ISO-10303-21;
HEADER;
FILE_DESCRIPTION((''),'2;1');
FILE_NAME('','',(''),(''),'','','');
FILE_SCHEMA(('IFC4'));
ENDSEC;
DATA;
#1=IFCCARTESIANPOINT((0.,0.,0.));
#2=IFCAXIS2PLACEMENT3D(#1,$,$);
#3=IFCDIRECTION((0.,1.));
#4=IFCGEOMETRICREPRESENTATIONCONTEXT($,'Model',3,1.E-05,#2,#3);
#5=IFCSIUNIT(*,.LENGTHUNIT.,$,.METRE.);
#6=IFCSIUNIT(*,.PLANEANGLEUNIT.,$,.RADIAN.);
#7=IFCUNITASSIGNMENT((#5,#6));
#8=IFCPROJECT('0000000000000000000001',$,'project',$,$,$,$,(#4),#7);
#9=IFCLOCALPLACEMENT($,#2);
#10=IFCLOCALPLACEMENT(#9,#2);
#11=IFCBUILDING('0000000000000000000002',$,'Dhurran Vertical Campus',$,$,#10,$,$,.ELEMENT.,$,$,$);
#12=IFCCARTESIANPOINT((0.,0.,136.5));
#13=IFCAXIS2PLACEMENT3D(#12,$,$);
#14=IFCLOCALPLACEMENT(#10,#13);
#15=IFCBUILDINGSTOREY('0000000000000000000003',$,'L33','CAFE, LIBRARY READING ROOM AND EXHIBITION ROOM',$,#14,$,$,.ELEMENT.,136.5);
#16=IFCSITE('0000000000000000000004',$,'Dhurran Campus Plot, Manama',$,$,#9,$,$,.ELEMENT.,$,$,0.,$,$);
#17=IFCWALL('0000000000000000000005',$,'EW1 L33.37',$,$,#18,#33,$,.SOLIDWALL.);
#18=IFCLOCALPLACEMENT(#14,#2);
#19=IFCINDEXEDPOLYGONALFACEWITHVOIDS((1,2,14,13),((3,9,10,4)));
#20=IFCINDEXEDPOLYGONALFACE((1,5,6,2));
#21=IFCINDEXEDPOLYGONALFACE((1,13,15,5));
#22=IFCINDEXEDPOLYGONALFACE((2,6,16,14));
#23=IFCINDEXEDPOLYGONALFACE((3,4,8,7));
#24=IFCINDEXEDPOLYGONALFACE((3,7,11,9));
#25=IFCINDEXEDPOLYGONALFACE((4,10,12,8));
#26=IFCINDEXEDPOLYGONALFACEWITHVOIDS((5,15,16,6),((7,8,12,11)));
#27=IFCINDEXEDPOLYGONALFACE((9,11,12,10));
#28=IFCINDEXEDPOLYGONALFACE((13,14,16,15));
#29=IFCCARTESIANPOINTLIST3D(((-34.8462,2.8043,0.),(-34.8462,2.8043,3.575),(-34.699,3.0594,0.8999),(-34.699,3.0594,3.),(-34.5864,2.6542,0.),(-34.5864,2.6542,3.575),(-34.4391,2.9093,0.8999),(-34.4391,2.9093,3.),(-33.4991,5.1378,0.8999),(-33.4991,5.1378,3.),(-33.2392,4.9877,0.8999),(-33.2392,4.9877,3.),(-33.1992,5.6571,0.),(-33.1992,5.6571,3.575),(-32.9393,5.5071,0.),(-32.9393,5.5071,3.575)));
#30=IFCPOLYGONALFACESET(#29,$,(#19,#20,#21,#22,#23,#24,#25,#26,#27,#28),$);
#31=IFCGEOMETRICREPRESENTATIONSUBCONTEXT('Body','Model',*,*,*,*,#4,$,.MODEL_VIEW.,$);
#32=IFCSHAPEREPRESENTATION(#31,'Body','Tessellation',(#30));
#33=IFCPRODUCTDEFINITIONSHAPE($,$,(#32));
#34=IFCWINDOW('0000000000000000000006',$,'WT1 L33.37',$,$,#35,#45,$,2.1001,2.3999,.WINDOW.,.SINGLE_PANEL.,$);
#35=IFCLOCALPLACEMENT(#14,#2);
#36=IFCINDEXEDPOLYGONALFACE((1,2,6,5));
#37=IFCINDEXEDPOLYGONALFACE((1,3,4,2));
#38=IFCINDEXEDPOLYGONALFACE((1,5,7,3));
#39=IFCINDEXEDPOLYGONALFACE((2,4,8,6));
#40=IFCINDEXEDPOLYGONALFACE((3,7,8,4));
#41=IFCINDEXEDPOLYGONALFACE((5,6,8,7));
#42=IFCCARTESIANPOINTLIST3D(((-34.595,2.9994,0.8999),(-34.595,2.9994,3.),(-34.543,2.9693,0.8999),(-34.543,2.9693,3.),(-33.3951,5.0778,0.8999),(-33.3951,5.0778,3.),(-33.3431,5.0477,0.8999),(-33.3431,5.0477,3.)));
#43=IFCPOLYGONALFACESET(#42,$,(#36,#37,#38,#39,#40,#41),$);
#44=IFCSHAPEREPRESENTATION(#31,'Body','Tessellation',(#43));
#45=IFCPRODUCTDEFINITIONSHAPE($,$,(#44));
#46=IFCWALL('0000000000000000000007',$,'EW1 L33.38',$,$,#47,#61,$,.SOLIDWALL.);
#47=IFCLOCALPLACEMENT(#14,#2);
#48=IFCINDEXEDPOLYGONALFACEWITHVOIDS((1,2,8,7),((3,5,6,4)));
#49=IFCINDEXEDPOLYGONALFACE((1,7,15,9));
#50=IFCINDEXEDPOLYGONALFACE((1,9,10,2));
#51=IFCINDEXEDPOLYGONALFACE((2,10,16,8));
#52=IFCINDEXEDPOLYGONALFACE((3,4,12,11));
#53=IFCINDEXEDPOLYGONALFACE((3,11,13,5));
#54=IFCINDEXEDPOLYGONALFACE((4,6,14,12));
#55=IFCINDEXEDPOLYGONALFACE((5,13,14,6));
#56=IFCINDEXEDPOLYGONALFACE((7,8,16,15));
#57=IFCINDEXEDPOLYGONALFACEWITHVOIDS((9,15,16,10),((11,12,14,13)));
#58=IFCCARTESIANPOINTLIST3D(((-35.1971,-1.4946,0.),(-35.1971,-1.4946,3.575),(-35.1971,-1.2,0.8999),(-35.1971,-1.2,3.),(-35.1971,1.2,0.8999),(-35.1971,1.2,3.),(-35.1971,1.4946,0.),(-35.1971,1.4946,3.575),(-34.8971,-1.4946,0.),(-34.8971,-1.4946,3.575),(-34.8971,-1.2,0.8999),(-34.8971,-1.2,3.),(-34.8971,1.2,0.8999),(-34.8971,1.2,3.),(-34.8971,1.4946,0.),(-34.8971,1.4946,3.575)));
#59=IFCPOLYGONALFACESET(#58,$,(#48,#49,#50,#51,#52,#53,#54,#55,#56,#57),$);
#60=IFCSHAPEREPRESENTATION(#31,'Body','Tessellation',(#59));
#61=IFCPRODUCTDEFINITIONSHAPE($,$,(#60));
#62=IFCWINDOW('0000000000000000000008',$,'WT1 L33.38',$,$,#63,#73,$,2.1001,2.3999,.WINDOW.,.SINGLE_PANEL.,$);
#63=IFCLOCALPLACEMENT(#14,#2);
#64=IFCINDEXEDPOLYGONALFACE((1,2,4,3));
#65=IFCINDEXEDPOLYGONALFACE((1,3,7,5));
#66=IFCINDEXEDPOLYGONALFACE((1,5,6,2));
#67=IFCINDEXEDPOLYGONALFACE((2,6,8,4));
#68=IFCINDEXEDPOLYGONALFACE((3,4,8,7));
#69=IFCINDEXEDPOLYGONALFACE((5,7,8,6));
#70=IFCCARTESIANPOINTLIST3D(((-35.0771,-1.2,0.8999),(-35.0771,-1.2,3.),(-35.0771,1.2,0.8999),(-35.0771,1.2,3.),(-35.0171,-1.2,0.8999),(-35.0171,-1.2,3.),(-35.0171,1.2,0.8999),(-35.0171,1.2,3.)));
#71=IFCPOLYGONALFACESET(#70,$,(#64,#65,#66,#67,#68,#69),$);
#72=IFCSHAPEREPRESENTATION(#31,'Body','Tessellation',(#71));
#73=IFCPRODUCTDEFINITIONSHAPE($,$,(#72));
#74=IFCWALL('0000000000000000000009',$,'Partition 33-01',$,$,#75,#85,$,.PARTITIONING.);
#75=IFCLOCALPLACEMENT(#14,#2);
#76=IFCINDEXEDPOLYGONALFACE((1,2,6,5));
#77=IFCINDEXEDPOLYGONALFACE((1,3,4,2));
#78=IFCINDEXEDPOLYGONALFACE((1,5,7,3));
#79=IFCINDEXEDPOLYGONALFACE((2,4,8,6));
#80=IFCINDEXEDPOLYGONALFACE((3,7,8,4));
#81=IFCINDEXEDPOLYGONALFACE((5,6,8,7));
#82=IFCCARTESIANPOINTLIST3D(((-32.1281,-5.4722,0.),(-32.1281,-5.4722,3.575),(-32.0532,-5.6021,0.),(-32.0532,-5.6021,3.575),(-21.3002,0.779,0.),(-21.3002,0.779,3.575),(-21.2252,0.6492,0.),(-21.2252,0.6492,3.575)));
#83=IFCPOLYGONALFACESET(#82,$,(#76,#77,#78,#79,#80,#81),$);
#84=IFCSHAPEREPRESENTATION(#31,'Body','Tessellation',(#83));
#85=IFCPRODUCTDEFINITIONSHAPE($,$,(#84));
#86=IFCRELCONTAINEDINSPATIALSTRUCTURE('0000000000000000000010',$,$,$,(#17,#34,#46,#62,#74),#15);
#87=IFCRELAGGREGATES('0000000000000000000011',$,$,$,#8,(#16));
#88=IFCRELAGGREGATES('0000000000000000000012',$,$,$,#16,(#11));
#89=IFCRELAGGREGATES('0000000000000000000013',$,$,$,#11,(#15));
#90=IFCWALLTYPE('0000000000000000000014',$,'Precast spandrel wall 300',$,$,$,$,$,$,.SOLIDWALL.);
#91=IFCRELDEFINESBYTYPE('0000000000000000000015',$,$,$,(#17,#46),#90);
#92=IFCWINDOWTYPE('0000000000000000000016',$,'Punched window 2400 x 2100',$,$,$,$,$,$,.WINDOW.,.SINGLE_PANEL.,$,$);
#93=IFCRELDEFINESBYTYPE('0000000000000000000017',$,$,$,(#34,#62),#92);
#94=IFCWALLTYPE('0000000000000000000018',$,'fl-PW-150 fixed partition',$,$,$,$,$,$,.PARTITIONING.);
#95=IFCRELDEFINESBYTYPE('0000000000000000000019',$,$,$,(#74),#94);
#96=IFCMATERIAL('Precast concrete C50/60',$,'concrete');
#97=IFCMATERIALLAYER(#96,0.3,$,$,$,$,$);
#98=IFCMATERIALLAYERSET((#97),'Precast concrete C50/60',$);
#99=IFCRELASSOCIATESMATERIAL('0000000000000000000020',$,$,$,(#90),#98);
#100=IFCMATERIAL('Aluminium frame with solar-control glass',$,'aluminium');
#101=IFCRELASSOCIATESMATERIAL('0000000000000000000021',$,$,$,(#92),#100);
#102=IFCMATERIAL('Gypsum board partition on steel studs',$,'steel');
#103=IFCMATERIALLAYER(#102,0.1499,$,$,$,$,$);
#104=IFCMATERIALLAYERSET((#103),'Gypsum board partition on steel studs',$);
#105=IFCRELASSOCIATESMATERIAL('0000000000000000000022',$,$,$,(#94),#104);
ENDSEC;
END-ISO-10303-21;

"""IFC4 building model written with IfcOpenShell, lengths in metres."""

from ifc_helpers import new_model, si_unit, direction, frame, frame_2d, origin, place, context, subcontext, project, spatial, rectangle, extrude, material, layer, layer_set, type_object, element, fill, save


model = new_model("IFC4")

# Units and contexts
model_context = context("Model", 3, precision=1e-05, world=origin(), true_north=direction((0.0, 1.0)))
body_context = subcontext(model_context, "Body", "Model", "MODEL_VIEW")
ifc_project = project(units=[si_unit("LENGTHUNIT", "METRE"), si_unit("PLANEANGLEUNIT", "RADIAN")], contexts=[model_context])

# Site, building, storey
site_placement = place(None, origin())
site = spatial("IfcSite", under=ifc_project, at=site_placement, Name="Dhurran Campus Plot, Manama", CompositionType="ELEMENT", RefElevation=0.0)
building_placement = place(site_placement, origin())
building = spatial("IfcBuilding", under=site, at=building_placement, Name="Dhurran Vertical Campus", CompositionType="ELEMENT")
storey_placement = place(building_placement, frame((0.0, 0.0, 136.5)))
storey = spatial("IfcBuildingStorey", under=building, at=storey_placement, Name="L33", Description="CAFE, LIBRARY READING ROOM AND EXHIBITION ROOM", CompositionType="ELEMENT", Elevation=136.5)

# Walls, openings, windows
ifc_material_1 = material(Name="Precast concrete C50/60", Category="concrete")
ifc_layer_1 = layer(ifc_material_1, 0.3)
ifc_layer_set_1 = layer_set([ifc_layer_1], Name="Precast concrete C50/60")
wall_type_1 = type_object("IfcWallType", Name="Precast spandrel wall 300", PredefinedType="SOLIDWALL", material=ifc_layer_set_1)
ifc_material_2 = material(Name="Aluminium frame with solar-control glass", Category="aluminium")
window_type = type_object("IfcWindowType", Name="Punched window 2400 x 2100", PartitioningType="SINGLE_PANEL", PredefinedType="WINDOW", material=ifc_material_2)
wall_1_placement = place(storey_placement, frame((-33.0693, 5.582, 0.0), z_axis=(0.0, 0.0, 1.0), x_axis=(-0.499981, -0.866036, 0.0)))
wall_1 = element("IfcWall", 1, at=wall_1_placement, inside=storey, type_object=wall_type_1, Name="EW1 L33.37", PredefinedType="SOLIDWALL", context=body_context, shape_type="SweptSolid", body=[
    extrude(rectangle(XDim=3.2942, YDim=0.3, at=frame_2d((1.647, 0.0))), origin(), (0.0, 0.0, 1.0), 3.575),
])
opening_1_placement = place(wall_1_placement, frame((0.5996, 0.0, 0.8999)))
opening_1 = element("IfcOpeningElement", 2, at=opening_1_placement, cuts=wall_1, PredefinedType="OPENING", context=body_context, shape_type="SweptSolid", body=[
    extrude(rectangle(XDim=2.3999, YDim=2.1001, at=frame_2d((1.2, 1.05))), frame((0.0, 0.1599, 0.0), z_axis=(0.0, -1.0, 0.0), x_axis=(1.0, 0.0, 0.0)), (0.0, 0.0, 1.0), 0.3201),
])
window_1_placement = place(opening_1_placement, origin())
window_1 = element("IfcWindow", 3, at=window_1_placement, inside=storey, type_object=window_type, Name="WT1 L33.37", OverallHeight=2.1001, OverallWidth=2.3999, PartitioningType="SINGLE_PANEL", PredefinedType="WINDOW", context=body_context, shape_type="SweptSolid", body=[
    extrude(rectangle(XDim=2.3999, YDim=2.1001, at=frame_2d((1.2, 1.05))), frame((0.0, 0.03, 0.0), z_axis=(0.0, -1.0, 0.0), x_axis=(1.0, 0.0, 0.0)), (0.0, 0.0, 1.0), 0.0601),
])
fill(opening_1, window_1)
wall_2_placement = place(storey_placement, frame((-35.0471, 1.4946, 0.0), z_axis=(0.0, 0.0, 1.0), x_axis=(0.0, -1.0, 0.0)))
wall_2 = element("IfcWall", 4, at=wall_2_placement, inside=storey, type_object=wall_type_1, Name="EW1 L33.38", PredefinedType="SOLIDWALL", context=body_context, shape_type="SweptSolid", body=[
    extrude(rectangle(XDim=2.9893, YDim=0.3, at=frame_2d((1.4946, 0.0))), origin(), (0.0, 0.0, 1.0), 3.575),
])
opening_2_placement = place(wall_2_placement, frame((0.2947, 0.0, 0.8999)))
opening_2 = element("IfcOpeningElement", 5, at=opening_2_placement, cuts=wall_2, PredefinedType="OPENING", context=body_context, shape_type="SweptSolid", body=[
    extrude(rectangle(XDim=2.3999, YDim=2.1001, at=frame_2d((1.2, 1.05))), frame((0.0, 0.1599, 0.0), z_axis=(0.0, -1.0, 0.0), x_axis=(1.0, 0.0, 0.0)), (0.0, 0.0, 1.0), 0.3201),
])
window_2_placement = place(opening_2_placement, origin())
window_2 = element("IfcWindow", 6, at=window_2_placement, inside=storey, type_object=window_type, Name="WT1 L33.38", OverallHeight=2.1001, OverallWidth=2.3999, PartitioningType="SINGLE_PANEL", PredefinedType="WINDOW", context=body_context, shape_type="SweptSolid", body=[
    extrude(rectangle(XDim=2.3999, YDim=2.1001, at=frame_2d((1.2, 1.05))), frame((0.0, 0.03, 0.0), z_axis=(0.0, -1.0, 0.0), x_axis=(1.0, 0.0, 0.0)), (0.0, 0.0, 1.0), 0.0601),
])
fill(opening_2, window_2)

# Wall
ifc_material_3 = material(Name="Gypsum board partition on steel studs", Category="steel")
ifc_layer_2 = layer(ifc_material_3, 0.1499)
ifc_layer_set_2 = layer_set([ifc_layer_2], Name="Gypsum board partition on steel studs")
wall_type_2 = type_object("IfcWallType", Name="fl-PW-150 fixed partition", PredefinedType="PARTITIONING", material=ifc_layer_set_2)
wall_3_placement = place(storey_placement, frame((-21.2627, 0.7141, 0.0), z_axis=(0.0, 0.0, 1.0), x_axis=(-0.866034, -0.499984, 0.0)))
element("IfcWall", 7, at=wall_3_placement, inside=storey, type_object=wall_type_2, Name="Partition 33-01", PredefinedType="PARTITIONING", context=body_context, shape_type="SweptSolid", body=[
    extrude(rectangle(XDim=12.5029, YDim=0.1499, at=frame_2d((6.2515, 0.0))), origin(), (0.0, 0.0, 1.0), 3.575),
])

save(model, "model.ifc")
